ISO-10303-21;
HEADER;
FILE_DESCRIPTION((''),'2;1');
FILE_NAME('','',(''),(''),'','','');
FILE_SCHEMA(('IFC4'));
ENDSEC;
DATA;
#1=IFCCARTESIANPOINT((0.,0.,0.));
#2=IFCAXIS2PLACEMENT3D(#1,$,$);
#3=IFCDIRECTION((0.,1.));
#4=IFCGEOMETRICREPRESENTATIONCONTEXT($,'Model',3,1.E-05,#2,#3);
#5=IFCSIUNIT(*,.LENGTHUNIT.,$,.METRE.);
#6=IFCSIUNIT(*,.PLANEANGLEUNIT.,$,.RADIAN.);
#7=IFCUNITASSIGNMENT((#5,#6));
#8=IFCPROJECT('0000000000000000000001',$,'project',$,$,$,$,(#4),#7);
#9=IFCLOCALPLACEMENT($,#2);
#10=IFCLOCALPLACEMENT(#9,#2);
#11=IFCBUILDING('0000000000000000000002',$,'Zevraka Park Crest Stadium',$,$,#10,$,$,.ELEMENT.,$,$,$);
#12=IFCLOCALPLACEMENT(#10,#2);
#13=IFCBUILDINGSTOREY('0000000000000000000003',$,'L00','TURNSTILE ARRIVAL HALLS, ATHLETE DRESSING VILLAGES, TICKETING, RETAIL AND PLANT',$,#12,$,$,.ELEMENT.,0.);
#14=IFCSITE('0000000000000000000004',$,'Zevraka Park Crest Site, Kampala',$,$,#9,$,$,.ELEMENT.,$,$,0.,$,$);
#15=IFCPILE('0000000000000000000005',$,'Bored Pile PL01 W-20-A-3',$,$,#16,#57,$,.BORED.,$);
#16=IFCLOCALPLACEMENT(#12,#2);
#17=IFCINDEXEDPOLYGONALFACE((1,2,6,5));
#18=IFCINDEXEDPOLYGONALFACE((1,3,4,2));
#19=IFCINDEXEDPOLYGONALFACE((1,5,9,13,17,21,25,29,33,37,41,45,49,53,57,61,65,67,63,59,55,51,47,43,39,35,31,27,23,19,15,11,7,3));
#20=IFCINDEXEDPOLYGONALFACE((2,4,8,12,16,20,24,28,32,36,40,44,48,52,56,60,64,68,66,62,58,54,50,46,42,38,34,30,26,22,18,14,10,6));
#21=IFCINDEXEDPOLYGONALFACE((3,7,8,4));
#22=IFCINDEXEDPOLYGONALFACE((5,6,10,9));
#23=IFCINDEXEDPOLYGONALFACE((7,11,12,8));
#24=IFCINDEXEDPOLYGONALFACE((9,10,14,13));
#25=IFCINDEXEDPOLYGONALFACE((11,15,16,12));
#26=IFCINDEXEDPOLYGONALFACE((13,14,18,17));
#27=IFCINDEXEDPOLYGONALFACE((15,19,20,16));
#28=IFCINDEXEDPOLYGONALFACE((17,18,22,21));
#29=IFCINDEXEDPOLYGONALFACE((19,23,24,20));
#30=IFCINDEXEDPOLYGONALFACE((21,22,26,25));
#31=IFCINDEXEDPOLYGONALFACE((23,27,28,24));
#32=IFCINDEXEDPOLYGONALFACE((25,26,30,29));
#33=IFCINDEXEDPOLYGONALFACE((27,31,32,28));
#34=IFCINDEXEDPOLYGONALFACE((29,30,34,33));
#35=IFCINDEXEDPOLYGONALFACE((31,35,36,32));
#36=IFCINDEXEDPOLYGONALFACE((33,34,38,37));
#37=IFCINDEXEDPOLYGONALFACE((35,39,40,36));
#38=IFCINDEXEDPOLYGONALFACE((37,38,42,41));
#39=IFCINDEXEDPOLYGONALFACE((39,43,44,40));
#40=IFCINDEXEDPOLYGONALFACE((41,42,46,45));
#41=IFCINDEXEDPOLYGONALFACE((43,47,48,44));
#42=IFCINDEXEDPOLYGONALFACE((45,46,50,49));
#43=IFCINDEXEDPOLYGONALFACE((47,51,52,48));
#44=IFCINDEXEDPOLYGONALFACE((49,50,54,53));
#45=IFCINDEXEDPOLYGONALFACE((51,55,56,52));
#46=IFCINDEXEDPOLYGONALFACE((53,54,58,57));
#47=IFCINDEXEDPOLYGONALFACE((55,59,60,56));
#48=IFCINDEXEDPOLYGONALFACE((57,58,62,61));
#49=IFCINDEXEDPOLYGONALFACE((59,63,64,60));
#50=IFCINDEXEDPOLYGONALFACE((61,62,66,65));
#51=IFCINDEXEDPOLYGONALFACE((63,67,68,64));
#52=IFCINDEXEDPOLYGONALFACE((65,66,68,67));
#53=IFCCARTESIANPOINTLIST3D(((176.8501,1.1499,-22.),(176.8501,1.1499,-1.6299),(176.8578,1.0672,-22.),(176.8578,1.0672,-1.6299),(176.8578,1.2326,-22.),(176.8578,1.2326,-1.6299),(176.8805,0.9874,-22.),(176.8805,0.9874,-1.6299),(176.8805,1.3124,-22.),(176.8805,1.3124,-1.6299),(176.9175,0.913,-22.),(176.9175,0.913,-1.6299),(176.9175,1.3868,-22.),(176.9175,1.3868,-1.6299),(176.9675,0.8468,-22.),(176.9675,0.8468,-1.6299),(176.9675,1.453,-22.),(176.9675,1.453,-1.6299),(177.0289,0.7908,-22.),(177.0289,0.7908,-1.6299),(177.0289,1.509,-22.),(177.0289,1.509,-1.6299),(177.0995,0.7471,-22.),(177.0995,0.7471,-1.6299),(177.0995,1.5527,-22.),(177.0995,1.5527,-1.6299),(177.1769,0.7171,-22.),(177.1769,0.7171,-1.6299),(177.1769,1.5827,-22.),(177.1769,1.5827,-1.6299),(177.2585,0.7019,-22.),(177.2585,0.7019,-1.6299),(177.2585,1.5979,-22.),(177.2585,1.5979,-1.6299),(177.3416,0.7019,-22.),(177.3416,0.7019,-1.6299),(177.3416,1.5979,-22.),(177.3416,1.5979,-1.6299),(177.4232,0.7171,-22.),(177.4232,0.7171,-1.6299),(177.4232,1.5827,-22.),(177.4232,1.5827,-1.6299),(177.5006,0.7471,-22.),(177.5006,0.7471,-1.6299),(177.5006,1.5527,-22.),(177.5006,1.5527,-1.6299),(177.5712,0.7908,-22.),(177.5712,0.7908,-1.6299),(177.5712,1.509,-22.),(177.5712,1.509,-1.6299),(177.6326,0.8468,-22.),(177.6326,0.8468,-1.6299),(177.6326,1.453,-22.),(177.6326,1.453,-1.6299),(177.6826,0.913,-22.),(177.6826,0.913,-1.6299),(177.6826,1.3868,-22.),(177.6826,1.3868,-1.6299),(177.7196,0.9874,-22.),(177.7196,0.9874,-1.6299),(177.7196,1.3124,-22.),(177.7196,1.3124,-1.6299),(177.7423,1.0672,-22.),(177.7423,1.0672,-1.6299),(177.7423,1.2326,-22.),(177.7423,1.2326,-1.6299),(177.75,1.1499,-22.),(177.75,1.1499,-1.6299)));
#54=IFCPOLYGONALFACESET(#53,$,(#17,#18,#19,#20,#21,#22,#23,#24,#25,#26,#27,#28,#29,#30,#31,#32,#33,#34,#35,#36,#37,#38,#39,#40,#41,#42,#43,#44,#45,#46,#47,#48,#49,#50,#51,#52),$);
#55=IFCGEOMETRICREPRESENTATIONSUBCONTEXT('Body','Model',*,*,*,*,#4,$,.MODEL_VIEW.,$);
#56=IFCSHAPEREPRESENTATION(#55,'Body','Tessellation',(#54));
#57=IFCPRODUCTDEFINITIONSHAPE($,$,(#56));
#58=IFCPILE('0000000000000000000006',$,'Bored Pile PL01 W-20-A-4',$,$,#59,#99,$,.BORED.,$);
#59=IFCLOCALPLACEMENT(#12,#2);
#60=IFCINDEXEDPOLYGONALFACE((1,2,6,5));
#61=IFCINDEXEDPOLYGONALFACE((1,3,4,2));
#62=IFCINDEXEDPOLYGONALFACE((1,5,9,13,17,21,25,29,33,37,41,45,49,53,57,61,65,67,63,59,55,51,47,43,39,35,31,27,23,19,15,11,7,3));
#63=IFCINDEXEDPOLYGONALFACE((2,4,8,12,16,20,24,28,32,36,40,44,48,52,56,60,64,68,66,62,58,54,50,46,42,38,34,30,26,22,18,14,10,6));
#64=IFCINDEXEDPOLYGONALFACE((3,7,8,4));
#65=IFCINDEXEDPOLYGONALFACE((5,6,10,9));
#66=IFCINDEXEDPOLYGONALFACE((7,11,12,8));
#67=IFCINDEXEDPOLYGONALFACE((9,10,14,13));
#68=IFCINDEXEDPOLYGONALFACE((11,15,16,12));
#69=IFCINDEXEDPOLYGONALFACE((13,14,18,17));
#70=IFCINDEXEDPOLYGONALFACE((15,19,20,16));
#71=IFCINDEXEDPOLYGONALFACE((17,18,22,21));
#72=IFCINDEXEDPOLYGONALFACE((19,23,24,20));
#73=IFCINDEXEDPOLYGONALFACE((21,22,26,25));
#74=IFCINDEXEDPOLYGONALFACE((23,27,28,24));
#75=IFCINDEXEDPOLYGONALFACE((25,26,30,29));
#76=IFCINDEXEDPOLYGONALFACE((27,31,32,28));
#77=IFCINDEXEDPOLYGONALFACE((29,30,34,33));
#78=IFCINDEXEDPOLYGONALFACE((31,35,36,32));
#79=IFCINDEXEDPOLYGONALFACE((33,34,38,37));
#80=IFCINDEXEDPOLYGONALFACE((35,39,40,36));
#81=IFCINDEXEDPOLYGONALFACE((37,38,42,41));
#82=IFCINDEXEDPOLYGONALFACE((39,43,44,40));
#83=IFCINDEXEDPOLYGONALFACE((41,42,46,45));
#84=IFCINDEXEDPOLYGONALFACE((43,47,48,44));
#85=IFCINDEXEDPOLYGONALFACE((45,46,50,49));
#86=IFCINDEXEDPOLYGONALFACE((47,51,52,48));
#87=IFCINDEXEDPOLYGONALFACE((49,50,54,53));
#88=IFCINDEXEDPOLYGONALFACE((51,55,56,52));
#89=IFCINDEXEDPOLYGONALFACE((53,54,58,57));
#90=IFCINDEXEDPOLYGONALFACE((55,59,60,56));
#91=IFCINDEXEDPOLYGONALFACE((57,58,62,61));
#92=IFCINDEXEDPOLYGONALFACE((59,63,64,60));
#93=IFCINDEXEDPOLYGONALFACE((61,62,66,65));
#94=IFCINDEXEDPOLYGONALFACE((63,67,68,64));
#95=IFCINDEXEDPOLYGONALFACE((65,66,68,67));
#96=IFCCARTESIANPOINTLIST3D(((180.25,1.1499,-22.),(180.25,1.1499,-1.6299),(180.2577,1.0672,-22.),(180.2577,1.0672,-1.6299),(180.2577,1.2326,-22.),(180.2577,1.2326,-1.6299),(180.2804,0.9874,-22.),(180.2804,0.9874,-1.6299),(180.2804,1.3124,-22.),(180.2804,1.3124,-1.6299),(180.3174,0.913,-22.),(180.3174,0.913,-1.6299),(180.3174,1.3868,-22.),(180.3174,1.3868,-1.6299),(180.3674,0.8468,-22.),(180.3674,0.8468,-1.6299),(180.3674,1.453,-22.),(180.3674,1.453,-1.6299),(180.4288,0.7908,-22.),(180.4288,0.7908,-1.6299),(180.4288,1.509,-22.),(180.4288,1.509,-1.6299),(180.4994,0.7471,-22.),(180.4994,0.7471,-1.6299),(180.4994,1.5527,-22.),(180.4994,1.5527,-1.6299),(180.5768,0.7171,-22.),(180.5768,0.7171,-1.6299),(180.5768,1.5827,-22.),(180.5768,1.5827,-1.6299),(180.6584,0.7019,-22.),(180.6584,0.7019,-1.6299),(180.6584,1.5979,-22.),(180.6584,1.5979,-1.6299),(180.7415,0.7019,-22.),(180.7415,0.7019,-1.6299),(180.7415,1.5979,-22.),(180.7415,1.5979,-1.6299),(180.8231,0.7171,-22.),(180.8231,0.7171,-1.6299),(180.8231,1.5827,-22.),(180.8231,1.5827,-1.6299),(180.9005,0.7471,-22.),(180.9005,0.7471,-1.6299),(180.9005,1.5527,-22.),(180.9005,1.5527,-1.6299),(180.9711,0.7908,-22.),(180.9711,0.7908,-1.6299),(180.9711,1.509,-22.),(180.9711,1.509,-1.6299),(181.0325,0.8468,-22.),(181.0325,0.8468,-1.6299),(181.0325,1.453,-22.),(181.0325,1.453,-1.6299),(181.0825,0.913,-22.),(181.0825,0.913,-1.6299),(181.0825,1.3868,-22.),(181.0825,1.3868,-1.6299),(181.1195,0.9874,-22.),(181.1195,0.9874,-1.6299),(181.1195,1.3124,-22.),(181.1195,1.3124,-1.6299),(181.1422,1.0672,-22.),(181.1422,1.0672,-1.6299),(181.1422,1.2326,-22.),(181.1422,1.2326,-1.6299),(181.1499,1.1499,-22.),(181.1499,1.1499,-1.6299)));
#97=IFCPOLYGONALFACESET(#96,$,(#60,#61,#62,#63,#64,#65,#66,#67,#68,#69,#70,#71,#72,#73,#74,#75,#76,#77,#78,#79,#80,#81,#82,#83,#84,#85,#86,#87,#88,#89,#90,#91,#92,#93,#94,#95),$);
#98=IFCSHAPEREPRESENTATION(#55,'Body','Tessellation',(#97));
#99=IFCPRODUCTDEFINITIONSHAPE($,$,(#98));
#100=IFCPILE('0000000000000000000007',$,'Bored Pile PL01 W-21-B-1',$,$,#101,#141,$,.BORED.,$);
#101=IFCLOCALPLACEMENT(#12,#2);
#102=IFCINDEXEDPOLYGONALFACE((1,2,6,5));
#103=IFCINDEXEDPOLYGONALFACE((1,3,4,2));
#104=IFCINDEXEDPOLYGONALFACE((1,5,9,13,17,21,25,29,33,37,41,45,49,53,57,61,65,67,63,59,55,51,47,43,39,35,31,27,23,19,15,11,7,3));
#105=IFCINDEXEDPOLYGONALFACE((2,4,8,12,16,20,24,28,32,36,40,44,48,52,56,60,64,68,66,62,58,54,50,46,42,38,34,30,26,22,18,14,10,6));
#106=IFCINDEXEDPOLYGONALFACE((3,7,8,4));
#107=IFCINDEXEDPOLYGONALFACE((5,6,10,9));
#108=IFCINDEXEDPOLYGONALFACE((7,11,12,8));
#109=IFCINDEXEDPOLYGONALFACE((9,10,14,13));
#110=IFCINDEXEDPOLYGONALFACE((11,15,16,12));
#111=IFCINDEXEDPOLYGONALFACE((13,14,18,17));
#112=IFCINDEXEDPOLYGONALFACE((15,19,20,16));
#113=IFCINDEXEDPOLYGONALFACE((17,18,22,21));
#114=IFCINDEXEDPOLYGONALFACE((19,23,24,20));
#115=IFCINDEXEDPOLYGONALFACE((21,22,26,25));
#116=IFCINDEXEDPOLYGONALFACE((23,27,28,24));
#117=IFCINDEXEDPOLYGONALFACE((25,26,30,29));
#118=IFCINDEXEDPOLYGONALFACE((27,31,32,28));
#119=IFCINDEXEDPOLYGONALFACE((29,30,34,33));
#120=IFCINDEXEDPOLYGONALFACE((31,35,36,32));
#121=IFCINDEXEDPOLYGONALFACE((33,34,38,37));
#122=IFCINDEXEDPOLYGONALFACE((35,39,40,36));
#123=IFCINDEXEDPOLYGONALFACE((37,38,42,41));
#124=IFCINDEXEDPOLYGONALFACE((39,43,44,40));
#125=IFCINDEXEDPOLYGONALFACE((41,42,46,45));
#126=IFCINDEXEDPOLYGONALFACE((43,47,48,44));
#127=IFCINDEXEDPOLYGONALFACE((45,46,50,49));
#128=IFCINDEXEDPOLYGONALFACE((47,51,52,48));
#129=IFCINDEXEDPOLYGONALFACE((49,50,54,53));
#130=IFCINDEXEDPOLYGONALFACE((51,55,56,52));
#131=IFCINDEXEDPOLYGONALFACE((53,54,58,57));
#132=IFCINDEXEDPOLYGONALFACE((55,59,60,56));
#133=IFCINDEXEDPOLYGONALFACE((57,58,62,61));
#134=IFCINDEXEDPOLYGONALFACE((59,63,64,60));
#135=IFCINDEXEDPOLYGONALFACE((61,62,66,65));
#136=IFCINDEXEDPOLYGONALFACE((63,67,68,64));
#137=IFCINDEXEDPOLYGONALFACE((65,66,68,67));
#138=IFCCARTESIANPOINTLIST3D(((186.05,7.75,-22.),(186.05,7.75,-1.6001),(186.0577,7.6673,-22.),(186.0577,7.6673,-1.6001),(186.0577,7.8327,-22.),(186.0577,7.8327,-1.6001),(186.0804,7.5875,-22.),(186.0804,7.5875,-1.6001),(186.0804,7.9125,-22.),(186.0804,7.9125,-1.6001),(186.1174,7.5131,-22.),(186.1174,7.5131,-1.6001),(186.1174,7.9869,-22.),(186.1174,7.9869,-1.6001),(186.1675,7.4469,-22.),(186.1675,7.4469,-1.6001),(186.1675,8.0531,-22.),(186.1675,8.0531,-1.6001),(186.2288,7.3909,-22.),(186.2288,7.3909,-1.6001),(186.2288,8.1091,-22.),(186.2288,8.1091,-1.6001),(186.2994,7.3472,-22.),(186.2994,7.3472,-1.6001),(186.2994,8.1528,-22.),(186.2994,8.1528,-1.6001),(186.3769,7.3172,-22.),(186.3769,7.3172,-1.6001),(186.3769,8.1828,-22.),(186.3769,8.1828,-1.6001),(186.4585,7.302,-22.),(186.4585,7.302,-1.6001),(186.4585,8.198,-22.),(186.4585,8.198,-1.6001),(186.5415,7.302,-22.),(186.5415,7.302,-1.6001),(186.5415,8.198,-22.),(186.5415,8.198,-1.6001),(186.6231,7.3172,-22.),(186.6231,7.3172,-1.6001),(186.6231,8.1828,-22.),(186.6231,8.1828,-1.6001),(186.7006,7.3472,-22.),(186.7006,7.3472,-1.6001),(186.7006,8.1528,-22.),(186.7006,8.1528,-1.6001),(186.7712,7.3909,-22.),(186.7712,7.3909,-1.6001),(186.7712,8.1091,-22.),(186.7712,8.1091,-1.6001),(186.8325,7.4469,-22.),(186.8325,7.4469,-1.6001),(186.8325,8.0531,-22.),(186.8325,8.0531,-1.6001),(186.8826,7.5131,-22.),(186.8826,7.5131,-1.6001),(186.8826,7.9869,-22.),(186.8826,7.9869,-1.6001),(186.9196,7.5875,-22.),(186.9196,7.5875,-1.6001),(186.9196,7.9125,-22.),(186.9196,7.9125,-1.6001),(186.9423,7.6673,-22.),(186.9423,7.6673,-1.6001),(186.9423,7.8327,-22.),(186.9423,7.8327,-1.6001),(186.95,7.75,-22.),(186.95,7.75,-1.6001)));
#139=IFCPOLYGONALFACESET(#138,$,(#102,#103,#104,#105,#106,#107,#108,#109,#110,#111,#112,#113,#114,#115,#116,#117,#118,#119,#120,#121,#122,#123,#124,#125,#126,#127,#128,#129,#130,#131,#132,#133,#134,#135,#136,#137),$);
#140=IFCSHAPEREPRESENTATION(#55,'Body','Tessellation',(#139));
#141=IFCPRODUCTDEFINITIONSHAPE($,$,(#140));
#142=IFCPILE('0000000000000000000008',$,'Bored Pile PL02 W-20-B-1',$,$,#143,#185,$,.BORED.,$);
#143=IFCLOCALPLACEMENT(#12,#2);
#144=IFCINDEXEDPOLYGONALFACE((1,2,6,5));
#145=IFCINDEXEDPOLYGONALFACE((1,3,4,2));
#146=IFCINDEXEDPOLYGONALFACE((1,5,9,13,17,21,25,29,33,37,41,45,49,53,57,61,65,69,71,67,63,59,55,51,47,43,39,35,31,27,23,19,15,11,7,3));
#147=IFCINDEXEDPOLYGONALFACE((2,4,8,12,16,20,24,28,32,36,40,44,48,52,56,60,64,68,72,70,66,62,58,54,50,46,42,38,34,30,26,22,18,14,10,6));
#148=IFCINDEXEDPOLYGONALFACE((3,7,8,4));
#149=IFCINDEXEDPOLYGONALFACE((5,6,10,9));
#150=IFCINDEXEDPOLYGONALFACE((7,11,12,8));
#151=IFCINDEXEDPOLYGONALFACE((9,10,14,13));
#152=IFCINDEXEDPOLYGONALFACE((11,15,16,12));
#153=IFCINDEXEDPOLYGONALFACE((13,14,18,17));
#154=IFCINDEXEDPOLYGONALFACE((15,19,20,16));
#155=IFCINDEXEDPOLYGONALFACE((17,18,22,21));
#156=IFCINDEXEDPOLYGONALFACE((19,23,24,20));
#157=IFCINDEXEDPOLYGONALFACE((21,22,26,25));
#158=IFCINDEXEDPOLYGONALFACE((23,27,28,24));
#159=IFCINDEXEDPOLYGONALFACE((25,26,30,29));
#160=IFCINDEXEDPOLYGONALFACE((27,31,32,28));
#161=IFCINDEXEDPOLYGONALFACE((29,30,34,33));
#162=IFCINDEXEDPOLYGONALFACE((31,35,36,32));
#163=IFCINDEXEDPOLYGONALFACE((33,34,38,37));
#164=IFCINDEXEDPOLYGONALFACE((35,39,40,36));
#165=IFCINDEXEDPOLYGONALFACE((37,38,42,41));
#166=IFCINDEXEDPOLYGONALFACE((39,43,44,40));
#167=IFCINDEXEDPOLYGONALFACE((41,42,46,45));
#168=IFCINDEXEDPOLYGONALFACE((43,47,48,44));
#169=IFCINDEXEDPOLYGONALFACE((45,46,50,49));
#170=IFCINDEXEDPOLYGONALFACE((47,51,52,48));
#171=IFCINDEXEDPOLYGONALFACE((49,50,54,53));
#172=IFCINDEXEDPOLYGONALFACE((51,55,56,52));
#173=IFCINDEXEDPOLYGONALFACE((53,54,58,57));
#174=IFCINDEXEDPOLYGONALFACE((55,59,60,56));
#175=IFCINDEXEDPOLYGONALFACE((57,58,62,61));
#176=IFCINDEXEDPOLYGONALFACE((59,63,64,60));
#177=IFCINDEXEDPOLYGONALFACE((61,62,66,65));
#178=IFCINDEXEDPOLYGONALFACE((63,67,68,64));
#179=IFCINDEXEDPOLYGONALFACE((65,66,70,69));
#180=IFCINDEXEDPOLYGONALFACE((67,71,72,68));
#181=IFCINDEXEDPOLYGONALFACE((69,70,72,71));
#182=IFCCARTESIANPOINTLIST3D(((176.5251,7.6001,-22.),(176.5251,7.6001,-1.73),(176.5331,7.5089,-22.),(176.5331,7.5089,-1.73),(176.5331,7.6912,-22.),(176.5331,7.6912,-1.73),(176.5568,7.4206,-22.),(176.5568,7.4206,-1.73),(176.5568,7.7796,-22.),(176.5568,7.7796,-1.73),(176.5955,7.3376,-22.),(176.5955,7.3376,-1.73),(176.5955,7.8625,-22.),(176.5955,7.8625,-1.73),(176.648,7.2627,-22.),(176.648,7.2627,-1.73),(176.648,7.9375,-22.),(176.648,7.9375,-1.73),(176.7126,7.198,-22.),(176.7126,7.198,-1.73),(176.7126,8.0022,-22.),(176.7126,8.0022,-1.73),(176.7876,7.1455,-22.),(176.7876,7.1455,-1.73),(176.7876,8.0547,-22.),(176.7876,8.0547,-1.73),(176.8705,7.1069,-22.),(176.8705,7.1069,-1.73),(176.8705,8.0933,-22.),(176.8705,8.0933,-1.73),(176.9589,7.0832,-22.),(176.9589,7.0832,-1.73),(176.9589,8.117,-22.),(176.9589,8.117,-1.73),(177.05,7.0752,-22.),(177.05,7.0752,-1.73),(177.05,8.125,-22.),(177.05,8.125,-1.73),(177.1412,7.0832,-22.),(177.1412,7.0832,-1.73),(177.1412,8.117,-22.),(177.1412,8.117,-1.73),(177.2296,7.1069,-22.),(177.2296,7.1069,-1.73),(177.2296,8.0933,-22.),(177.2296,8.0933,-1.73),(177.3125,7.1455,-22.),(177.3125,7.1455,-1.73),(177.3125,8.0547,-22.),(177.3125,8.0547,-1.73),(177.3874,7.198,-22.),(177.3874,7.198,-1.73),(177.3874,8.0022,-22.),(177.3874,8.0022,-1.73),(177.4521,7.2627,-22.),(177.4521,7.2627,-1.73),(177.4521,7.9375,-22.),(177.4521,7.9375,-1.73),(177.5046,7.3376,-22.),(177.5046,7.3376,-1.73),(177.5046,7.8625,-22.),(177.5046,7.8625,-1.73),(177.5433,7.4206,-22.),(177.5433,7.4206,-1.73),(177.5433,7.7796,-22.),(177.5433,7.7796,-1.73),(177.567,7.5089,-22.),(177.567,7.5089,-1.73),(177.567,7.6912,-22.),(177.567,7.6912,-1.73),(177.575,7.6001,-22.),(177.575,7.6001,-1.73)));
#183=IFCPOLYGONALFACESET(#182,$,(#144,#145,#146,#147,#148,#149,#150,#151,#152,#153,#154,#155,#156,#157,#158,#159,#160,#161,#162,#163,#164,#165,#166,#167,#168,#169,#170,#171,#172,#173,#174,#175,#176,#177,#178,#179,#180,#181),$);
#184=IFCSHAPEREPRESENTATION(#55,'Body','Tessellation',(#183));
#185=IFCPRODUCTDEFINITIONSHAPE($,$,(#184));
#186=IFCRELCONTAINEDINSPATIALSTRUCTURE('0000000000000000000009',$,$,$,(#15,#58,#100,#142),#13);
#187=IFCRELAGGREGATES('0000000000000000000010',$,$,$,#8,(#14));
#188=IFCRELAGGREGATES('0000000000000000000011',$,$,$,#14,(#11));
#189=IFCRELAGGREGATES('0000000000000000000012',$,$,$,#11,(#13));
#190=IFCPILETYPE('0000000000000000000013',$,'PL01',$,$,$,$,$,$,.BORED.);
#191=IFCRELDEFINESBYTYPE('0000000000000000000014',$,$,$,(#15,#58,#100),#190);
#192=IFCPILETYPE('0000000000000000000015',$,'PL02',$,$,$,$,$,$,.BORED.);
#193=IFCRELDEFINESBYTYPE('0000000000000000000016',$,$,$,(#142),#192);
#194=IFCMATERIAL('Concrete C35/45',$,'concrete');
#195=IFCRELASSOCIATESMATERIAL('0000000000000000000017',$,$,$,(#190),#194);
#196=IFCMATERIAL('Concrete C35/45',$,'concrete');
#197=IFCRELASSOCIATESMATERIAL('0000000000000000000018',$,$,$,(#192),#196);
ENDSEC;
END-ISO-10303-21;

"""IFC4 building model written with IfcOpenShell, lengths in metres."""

from ifc_helpers import new_model, si_unit, direction, frame, origin, origin_2d, place, context, subcontext, project, spatial, circle, extrude, material, material_profile, profile_set, type_object, element, save


model = new_model("IFC4")

# Units and contexts
model_context = context("Model", 3, precision=1e-05, world=origin(), true_north=direction((0.0, 1.0)))
body_context = subcontext(model_context, "Body", "Model", "MODEL_VIEW")
ifc_project = project(units=[si_unit("LENGTHUNIT", "METRE"), si_unit("PLANEANGLEUNIT", "RADIAN")], contexts=[model_context])

# Site, building, storey
site_placement = place(None, origin())
site = spatial("IfcSite", under=ifc_project, at=site_placement, Name="Zevraka Park Crest Site, Kampala", CompositionType="ELEMENT", RefElevation=0.0)
building_placement = place(site_placement, origin())
building = spatial("IfcBuilding", under=site, at=building_placement, Name="Zevraka Park Crest Stadium", CompositionType="ELEMENT")
storey_placement = place(building_placement, origin())
storey = spatial("IfcBuildingStorey", under=building, at=storey_placement, Name="L00", Description="TURNSTILE ARRIVAL HALLS, ATHLETE DRESSING VILLAGES, TICKETING, RETAIL AND PLANT", CompositionType="ELEMENT", Elevation=0.0)

# Piles
ifc_material_1 = material(Name="Concrete C35/45", Category="concrete")
ifc_material_profile_1 = material_profile(ifc_material_1, circle(Radius=0.45, at=origin_2d()), Name="PILE D900")
ifc_profile_set_1 = profile_set([ifc_material_profile_1], Name="Concrete C35/45")
pile_type_1 = type_object("IfcPileType", Name="PL01", PredefinedType="BORED", material=ifc_profile_set_1)
for number, where, z_axis, x_axis, name in (
    (1, (177.3, 1.1499, -1.6299), (0.0, 0.0, -1.0), (1.0, 0.0, 0.0), "Bored Pile PL01 W-20-A-3"),
    (2, (180.7, 1.1499, -1.6299), (0.0, 0.0, -1.0), (1.0, 0.0, 0.0), "Bored Pile PL01 W-20-A-4"),
):
    element("IfcPile", number, at=place(storey_placement, frame(where, z_axis=z_axis, x_axis=x_axis)), inside=storey, type_object=pile_type_1, Name=name, PredefinedType="BORED", context=body_context, shape_type="SweptSolid", body=[
        extrude(circle(Radius=0.45, at=origin_2d()), origin(), (0.0, 0.0, 1.0), 20.3701),
    ])
pile_placement = place(storey_placement, frame((186.5, 7.75, -1.6001), z_axis=(0.0, 0.0, -1.0), x_axis=(1.0, 0.0, 0.0)))
element("IfcPile", 3, at=pile_placement, inside=storey, type_object=pile_type_1, Name="Bored Pile PL01 W-21-B-1", PredefinedType="BORED", context=body_context, shape_type="SweptSolid", body=[
    extrude(circle(Radius=0.45, at=origin_2d()), origin(), (0.0, 0.0, 1.0), 20.3999),
])
ifc_material_2 = material(Name="Concrete C35/45", Category="concrete")
ifc_material_profile_2 = material_profile(ifc_material_2, circle(Radius=0.5249, at=origin_2d()), Name="PILE D1050")
ifc_profile_set_2 = profile_set([ifc_material_profile_2], Name="Concrete C35/45")
pile_type_2 = type_object("IfcPileType", Name="PL02", PredefinedType="BORED", material=ifc_profile_set_2)
for number, where, z_axis, x_axis, name in (
    (4, (177.05, 7.6001, -1.73), (0.0, 0.0, -1.0), (1.0, 0.0, 0.0), "Bored Pile PL02 W-20-B-1"),
):
    element("IfcPile", number, at=place(storey_placement, frame(where, z_axis=z_axis, x_axis=x_axis)), inside=storey, type_object=pile_type_2, Name=name, PredefinedType="BORED", context=body_context, shape_type="SweptSolid", body=[
        extrude(circle(Radius=0.5249, at=origin_2d()), origin(), (0.0, 0.0, 1.0), 20.27),
    ])

save(model, "model.ifc")
